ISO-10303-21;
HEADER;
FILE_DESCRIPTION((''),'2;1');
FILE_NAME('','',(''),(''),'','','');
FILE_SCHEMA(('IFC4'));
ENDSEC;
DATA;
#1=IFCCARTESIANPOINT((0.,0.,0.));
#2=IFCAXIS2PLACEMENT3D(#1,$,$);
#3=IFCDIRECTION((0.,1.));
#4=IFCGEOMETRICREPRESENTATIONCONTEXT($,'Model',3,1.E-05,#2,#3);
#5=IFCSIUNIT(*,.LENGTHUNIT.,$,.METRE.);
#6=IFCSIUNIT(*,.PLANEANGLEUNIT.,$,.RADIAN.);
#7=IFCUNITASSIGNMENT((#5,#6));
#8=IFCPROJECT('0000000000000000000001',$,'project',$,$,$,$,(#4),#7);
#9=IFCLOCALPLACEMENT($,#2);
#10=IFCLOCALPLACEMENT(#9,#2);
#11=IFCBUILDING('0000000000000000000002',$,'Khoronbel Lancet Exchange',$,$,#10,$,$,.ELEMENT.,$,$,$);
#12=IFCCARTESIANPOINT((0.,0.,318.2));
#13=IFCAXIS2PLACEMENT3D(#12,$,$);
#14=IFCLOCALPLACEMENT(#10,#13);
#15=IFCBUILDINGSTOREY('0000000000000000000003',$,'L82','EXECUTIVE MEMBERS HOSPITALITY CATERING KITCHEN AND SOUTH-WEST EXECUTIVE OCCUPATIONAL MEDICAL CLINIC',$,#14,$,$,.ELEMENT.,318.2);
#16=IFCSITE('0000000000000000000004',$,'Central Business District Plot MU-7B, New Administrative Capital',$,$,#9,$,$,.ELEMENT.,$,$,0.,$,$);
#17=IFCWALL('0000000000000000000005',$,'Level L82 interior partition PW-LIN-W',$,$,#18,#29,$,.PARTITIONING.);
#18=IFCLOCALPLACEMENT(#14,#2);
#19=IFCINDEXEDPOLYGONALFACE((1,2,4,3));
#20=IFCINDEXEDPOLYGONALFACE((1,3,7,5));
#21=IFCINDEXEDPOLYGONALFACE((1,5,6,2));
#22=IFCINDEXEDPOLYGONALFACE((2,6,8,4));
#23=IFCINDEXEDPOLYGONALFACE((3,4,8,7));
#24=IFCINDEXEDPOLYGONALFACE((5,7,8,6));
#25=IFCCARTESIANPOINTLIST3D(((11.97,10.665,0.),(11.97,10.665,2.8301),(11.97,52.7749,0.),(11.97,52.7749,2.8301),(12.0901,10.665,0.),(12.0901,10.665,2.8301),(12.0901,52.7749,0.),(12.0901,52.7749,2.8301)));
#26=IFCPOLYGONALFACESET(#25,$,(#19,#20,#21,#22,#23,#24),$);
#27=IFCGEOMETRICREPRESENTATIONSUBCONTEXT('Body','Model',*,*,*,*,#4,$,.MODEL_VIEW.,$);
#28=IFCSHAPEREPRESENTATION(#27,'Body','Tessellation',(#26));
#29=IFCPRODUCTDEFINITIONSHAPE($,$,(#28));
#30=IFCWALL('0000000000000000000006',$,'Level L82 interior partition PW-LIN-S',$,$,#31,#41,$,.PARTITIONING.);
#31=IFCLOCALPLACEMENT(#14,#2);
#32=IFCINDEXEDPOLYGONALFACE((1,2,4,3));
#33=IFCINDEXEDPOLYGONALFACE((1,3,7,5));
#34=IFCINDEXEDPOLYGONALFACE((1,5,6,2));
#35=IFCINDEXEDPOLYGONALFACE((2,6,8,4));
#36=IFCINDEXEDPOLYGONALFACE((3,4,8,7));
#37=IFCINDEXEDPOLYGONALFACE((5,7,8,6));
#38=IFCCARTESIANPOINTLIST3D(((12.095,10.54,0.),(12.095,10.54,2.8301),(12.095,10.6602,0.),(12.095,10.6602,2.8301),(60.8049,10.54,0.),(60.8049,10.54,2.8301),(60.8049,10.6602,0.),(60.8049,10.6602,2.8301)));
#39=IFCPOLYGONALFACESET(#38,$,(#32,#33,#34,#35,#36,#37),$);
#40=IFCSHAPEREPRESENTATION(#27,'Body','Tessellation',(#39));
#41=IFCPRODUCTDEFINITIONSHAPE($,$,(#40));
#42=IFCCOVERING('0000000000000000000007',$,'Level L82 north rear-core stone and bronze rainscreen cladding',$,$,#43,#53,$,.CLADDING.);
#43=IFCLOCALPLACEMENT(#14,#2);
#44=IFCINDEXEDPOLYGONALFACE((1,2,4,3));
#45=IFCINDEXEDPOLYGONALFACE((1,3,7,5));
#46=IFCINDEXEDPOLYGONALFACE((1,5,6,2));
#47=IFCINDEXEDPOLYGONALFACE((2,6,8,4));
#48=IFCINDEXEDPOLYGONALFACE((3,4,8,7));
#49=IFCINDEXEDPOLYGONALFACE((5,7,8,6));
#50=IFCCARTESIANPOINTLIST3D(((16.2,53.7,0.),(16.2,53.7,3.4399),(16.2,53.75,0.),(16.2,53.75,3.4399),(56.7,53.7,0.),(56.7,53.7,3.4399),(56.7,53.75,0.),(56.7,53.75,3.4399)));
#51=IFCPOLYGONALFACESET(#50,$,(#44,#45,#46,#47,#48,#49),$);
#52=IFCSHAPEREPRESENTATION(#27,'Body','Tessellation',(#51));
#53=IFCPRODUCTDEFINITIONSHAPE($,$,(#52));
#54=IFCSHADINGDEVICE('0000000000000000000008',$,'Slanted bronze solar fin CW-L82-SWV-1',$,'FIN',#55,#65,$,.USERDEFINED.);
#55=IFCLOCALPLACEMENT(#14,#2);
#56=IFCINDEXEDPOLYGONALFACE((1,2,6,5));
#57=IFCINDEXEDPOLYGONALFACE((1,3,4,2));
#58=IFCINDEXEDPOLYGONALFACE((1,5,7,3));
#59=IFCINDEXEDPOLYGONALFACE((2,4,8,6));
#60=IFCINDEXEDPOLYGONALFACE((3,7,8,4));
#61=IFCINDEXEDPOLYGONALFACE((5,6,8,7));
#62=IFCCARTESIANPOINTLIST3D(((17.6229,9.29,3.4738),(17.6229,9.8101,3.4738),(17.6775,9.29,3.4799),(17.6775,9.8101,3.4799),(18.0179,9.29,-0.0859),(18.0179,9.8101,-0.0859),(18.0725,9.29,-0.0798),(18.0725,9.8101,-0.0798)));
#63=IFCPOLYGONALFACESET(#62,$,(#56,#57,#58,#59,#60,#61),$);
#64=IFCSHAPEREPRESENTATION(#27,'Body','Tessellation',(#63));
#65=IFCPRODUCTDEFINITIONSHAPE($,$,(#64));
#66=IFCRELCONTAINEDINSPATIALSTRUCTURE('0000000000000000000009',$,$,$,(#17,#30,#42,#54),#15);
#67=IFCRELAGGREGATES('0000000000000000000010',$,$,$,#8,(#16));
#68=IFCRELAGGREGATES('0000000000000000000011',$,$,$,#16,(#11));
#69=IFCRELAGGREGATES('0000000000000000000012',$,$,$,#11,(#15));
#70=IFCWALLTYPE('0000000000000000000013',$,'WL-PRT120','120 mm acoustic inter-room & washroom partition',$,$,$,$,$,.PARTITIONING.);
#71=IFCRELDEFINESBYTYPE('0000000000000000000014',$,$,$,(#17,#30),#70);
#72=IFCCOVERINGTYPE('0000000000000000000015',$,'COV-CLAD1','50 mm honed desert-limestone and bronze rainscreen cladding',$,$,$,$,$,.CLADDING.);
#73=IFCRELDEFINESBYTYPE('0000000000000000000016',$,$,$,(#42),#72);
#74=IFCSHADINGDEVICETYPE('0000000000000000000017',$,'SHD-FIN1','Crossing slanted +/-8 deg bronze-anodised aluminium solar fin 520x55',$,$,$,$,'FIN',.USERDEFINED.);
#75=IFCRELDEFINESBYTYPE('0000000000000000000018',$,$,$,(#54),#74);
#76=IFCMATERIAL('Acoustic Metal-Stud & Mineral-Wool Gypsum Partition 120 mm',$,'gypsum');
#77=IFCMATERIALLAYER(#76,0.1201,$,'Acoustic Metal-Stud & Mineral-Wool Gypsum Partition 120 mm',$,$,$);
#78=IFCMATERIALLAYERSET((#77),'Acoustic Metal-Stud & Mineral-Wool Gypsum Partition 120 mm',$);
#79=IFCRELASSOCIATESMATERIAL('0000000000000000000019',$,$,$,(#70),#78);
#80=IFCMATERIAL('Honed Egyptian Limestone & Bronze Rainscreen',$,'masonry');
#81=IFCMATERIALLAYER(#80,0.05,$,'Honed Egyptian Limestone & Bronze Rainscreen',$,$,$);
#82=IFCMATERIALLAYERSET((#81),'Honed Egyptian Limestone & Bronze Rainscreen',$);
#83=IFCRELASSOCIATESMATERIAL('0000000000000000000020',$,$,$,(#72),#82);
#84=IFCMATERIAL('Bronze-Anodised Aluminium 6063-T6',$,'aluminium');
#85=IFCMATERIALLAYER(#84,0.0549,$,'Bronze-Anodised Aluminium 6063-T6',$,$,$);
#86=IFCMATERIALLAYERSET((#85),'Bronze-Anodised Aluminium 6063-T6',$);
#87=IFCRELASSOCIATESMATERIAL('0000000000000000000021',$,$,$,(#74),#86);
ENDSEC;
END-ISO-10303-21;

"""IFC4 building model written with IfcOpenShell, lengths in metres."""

from ifc_helpers import new_model, si_unit, direction, frame, frame_2d, origin, place, context, subcontext, project, spatial, polyline, rectangle, outline, extrude, material, layer, layer_set, type_object, element, save


model = new_model("IFC4")

# Units and contexts
model_context = context("Model", 3, precision=1e-05, world=origin(), true_north=direction((0.0, 1.0)))
body_context = subcontext(model_context, "Body", "Model", "MODEL_VIEW")
ifc_project = project(units=[si_unit("LENGTHUNIT", "METRE"), si_unit("PLANEANGLEUNIT", "RADIAN")], contexts=[model_context])

# Site, building, storey
site_placement = place(None, origin())
site = spatial("IfcSite", under=ifc_project, at=site_placement, Name="Central Business District Plot MU-7B, New Administrative Capital", CompositionType="ELEMENT", RefElevation=0.0)
building_placement = place(site_placement, origin())
building = spatial("IfcBuilding", under=site, at=building_placement, Name="Khoronbel Lancet Exchange", CompositionType="ELEMENT")
storey_placement = place(building_placement, frame((0.0, 0.0, 318.2)))
storey = spatial("IfcBuildingStorey", under=building, at=storey_placement, Name="L82", Description="EXECUTIVE MEMBERS HOSPITALITY CATERING KITCHEN AND SOUTH-WEST EXECUTIVE OCCUPATIONAL MEDICAL CLINIC", CompositionType="ELEMENT", Elevation=318.2)

# Shared definitions
ifc_material_1 = material(Name="Bronze-Anodised Aluminium 6063-T6", Category="aluminium")

# Walls
ifc_material_2 = material(Name="Acoustic Metal-Stud & Mineral-Wool Gypsum Partition 120 mm", Category="gypsum")
ifc_layer_1 = layer(ifc_material_2, 0.1201, Name="Acoustic Metal-Stud & Mineral-Wool Gypsum Partition 120 mm")
ifc_layer_set_1 = layer_set([ifc_layer_1], Name="Acoustic Metal-Stud & Mineral-Wool Gypsum Partition 120 mm")
wall_type_1 = type_object("IfcWallType", Name="WL-PRT120", Description="120 mm acoustic inter-room & washroom partition", PredefinedType="PARTITIONING", material=ifc_layer_set_1)
wall_1_placement = place(storey_placement, frame((12.03, 10.665, 0.0), z_axis=(0.0, 0.0, 1.0), x_axis=(0.0, 1.0, 0.0)))
element("IfcWall", 1, at=wall_1_placement, inside=storey, type_object=wall_type_1, Name="Level L82 interior partition PW-LIN-W", PredefinedType="PARTITIONING", context=body_context, shape_type="SweptSolid", body=[
    extrude(rectangle(XDim=42.1099, YDim=0.1201, at=frame_2d((21.0549, 0.0))), origin(), (0.0, 0.0, 1.0), 2.8301),
])
wall_2_placement = place(storey_placement, frame((12.095, 10.6001, 0.0), z_axis=(0.0, 0.0, 1.0), x_axis=(1.0, 0.0, 0.0)))
element("IfcWall", 2, at=wall_2_placement, inside=storey, type_object=wall_type_1, Name="Level L82 interior partition PW-LIN-S", PredefinedType="PARTITIONING", context=body_context, shape_type="SweptSolid", body=[
    extrude(rectangle(XDim=48.71, YDim=0.1201, at=frame_2d((24.355, 0.0))), origin(), (0.0, 0.0, 1.0), 2.8301),
])

# Covering
ifc_material_3 = material(Name="Honed Egyptian Limestone & Bronze Rainscreen", Category="masonry")
ifc_layer_2 = layer(ifc_material_3, 0.05, Name="Honed Egyptian Limestone & Bronze Rainscreen")
ifc_layer_set_2 = layer_set([ifc_layer_2], Name="Honed Egyptian Limestone & Bronze Rainscreen")
covering_type = type_object("IfcCoveringType", Name="COV-CLAD1", Description="50 mm honed desert-limestone and bronze rainscreen cladding", PredefinedType="CLADDING", material=ifc_layer_set_2)
covering_placement = place(storey_placement, origin())
element("IfcCovering", 3, at=covering_placement, inside=storey, type_object=covering_type, Name="Level L82 north rear-core stone and bronze rainscreen cladding", PredefinedType="CLADDING", context=body_context, shape_type="SweptSolid", body=[
    extrude(outline(polyline([(16.2, 53.7), (56.7, 53.7), (56.7, 53.75), (16.2, 53.75), (16.2, 53.7)])), origin(), (0.0, 0.0, 1.0), 3.4399),
])

# Shading device
ifc_layer_3 = layer(ifc_material_1, 0.0549, Name="Bronze-Anodised Aluminium 6063-T6")
ifc_layer_set_3 = layer_set([ifc_layer_3], Name="Bronze-Anodised Aluminium 6063-T6")
shading_device_type = type_object("IfcShadingDeviceType", Name="SHD-FIN1", Description="Crossing slanted +/-8 deg bronze-anodised aluminium solar fin 520x55", ElementType="FIN", PredefinedType="USERDEFINED", material=ifc_layer_set_3)
shading_device_placement = place(storey_placement, frame((18.0725, 9.8101, -0.0798), z_axis=(0.9939, 0.0, 0.110289), x_axis=(0.0, -1.0, 0.0)))
element("IfcShadingDevice", 4, at=shading_device_placement, inside=storey, type_object=shading_device_type, Name="Slanted bronze solar fin CW-L82-SWV-1", ObjectType="FIN", PredefinedType="USERDEFINED", context=body_context, shape_type="SweptSolid", body=[
    extrude(outline(polyline([(0.0, 0.0), (0.52, 0.0), (0.52, -3.5815), (0.0, -3.5815), (0.0, 0.0)])), origin(), (0.0, 0.0, -1.0), 0.0549),
])

save(model, "model.ifc")
